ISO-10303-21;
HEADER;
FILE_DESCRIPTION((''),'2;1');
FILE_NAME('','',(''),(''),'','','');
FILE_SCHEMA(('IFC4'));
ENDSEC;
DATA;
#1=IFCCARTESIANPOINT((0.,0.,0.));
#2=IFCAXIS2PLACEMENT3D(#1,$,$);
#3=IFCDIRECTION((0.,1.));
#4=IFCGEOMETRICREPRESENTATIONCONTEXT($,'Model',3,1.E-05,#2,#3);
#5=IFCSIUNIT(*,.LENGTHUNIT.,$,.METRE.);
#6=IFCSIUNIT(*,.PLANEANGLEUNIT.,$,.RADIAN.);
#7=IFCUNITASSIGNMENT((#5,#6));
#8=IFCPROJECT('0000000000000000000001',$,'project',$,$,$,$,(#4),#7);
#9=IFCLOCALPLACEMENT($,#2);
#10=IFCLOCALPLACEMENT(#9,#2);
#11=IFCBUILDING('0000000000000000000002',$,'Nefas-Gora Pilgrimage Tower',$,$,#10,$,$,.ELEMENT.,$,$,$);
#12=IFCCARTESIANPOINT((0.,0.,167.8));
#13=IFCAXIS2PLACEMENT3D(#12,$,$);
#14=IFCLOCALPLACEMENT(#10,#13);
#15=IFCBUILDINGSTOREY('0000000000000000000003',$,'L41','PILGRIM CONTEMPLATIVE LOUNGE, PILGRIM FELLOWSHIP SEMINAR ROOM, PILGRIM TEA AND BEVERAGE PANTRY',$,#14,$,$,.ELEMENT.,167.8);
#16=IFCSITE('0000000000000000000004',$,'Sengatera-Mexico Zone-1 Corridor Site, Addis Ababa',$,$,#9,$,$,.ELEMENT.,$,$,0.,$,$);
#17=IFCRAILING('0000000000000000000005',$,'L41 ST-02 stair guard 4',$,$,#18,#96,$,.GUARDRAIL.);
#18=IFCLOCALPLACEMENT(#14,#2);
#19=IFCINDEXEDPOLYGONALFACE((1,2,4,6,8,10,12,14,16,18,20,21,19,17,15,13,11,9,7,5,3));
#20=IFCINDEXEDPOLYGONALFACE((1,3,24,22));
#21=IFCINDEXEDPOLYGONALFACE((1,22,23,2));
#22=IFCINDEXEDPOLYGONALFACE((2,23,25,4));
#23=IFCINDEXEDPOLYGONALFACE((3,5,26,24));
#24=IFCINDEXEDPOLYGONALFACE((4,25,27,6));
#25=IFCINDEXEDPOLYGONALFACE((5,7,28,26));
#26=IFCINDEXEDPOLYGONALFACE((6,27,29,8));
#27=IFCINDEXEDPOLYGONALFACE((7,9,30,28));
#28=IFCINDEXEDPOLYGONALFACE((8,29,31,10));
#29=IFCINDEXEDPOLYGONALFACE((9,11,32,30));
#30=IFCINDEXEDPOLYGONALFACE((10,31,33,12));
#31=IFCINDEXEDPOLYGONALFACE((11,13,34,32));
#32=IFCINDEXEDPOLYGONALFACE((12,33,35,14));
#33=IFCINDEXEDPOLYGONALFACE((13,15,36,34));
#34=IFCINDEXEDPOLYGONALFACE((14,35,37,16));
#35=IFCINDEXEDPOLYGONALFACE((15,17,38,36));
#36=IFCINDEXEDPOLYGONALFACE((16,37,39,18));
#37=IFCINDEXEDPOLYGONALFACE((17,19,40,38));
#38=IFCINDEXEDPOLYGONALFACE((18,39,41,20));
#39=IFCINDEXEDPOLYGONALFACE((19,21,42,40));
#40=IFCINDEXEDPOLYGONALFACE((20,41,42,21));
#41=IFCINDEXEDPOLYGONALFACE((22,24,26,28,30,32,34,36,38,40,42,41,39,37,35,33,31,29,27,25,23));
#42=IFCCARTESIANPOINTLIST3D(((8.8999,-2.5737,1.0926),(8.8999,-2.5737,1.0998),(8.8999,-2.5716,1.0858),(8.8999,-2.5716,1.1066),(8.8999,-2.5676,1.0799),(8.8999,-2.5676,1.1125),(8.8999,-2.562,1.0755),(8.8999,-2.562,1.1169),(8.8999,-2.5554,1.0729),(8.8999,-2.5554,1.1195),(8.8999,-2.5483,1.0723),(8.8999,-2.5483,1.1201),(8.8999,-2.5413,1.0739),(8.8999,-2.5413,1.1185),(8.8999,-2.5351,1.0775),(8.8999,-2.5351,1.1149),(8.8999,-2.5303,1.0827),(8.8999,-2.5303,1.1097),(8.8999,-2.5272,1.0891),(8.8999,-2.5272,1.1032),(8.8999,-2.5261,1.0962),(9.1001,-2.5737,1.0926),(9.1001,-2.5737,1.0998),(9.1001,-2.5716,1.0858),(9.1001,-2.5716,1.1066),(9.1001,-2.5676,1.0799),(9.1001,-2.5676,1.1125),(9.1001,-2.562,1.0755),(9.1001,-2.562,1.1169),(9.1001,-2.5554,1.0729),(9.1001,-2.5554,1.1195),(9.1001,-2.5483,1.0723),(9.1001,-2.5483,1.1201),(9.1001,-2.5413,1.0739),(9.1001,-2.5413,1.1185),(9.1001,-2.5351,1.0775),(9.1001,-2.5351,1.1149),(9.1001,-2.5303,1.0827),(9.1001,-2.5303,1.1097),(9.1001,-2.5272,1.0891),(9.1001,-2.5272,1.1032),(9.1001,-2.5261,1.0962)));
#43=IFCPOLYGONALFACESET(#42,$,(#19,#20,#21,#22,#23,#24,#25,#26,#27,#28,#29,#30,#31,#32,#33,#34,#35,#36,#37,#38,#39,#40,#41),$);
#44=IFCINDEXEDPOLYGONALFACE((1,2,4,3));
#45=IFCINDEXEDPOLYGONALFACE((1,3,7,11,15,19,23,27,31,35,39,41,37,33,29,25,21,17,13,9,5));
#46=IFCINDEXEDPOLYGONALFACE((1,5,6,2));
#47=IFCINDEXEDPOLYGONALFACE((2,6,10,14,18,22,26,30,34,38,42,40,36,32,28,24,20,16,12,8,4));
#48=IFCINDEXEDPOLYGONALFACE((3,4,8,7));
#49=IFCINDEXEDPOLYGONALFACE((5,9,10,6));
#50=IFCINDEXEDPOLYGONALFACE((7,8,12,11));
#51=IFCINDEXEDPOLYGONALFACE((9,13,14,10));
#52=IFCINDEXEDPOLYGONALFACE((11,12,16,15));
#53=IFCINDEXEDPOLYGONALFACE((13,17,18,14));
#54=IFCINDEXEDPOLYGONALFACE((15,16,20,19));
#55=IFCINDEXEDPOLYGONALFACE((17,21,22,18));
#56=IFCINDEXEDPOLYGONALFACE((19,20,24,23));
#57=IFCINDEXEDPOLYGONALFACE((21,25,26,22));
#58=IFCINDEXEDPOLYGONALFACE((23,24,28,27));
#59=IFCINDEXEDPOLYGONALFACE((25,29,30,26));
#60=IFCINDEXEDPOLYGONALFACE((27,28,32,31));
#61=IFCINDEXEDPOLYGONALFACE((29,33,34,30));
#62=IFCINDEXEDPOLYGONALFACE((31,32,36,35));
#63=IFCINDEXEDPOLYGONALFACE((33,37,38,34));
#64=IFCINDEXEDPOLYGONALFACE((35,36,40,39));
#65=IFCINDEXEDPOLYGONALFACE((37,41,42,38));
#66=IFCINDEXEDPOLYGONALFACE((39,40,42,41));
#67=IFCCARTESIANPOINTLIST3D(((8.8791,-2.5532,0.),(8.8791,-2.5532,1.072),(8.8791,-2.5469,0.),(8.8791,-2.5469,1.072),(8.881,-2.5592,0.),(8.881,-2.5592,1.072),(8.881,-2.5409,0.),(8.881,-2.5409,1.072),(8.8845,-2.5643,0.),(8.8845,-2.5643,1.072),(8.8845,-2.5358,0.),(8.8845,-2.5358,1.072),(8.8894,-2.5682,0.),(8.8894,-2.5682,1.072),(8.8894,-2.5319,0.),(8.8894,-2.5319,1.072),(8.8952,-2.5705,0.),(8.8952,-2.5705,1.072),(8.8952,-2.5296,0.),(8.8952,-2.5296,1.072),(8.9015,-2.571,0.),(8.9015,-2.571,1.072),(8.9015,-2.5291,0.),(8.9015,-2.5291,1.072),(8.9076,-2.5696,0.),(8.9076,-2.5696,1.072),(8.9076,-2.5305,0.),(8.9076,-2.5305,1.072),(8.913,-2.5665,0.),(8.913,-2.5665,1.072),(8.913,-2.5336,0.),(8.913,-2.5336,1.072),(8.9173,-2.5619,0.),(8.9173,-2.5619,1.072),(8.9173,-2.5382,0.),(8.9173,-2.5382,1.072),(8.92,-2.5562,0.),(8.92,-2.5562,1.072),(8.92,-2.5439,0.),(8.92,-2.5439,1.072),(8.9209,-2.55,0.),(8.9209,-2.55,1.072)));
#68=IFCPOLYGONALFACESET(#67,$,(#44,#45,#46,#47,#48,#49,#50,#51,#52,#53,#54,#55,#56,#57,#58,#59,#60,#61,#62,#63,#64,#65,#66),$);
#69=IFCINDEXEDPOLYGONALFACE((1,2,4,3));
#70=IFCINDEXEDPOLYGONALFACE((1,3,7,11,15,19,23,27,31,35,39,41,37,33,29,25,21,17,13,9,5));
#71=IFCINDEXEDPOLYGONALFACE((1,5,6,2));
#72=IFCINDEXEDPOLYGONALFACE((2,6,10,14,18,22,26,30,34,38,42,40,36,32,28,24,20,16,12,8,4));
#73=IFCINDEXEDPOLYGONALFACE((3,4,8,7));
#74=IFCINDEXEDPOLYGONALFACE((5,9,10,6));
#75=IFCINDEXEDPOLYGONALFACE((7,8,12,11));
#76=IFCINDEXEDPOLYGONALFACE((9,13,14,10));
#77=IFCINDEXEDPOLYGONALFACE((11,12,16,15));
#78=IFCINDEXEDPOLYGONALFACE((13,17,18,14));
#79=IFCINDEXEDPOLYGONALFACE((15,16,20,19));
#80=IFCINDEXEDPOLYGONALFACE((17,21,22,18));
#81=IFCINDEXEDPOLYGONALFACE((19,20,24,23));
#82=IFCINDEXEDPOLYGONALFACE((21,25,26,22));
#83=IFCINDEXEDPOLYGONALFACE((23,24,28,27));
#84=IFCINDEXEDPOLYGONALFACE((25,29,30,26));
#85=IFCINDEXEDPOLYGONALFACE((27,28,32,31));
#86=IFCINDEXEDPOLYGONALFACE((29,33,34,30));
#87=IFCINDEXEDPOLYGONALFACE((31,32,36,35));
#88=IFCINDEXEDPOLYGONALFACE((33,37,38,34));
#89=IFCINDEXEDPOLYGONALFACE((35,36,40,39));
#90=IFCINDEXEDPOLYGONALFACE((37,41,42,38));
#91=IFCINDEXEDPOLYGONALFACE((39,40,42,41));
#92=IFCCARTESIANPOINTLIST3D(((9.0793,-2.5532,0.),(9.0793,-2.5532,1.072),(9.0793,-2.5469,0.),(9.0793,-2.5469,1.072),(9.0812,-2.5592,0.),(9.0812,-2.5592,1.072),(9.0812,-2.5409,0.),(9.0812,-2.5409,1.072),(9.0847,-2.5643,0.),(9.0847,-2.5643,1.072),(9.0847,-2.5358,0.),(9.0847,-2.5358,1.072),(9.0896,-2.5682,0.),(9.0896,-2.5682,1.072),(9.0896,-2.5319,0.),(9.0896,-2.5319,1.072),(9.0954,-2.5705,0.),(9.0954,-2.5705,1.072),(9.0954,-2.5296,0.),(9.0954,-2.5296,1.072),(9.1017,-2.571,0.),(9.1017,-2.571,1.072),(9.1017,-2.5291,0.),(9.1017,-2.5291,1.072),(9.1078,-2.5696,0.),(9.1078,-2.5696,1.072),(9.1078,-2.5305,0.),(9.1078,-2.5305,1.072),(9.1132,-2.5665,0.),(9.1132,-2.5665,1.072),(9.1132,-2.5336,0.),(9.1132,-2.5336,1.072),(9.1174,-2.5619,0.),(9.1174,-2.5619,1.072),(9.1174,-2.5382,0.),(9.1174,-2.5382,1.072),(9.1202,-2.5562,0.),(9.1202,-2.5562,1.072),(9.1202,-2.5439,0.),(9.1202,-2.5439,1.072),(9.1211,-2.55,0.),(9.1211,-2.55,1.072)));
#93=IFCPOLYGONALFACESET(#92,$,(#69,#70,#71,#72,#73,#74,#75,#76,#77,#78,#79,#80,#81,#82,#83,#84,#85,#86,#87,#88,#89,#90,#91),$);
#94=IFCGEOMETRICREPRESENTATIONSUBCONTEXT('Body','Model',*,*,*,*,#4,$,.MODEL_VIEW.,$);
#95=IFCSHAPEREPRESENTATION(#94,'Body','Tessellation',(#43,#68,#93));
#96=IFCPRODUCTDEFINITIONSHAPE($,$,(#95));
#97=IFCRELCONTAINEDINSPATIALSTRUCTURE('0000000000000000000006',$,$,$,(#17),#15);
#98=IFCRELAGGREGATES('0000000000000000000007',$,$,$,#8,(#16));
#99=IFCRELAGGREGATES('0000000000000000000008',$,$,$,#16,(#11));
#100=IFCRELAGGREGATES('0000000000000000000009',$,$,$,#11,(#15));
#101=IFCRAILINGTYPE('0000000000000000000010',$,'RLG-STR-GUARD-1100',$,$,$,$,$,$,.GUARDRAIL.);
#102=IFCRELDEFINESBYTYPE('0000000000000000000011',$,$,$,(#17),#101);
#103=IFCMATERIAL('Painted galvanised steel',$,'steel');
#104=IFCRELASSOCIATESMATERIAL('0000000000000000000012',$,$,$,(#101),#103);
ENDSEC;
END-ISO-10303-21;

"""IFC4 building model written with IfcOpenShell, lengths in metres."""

from ifc_helpers import new_model, si_unit, direction, frame, origin, origin_2d, place, context, subcontext, project, spatial, circle, extrude, material, type_object, element, save


model = new_model("IFC4")

# Units and contexts
model_context = context("Model", 3, precision=1e-05, world=origin(), true_north=direction((0.0, 1.0)))
body_context = subcontext(model_context, "Body", "Model", "MODEL_VIEW")
ifc_project = project(units=[si_unit("LENGTHUNIT", "METRE"), si_unit("PLANEANGLEUNIT", "RADIAN")], contexts=[model_context])

# Site, building, storey
site_placement = place(None, origin())
site = spatial("IfcSite", under=ifc_project, at=site_placement, Name="Sengatera-Mexico Zone-1 Corridor Site, Addis Ababa", CompositionType="ELEMENT", RefElevation=0.0)
building_placement = place(site_placement, origin())
building = spatial("IfcBuilding", under=site, at=building_placement, Name="Nefas-Gora Pilgrimage Tower", CompositionType="ELEMENT")
storey_placement = place(building_placement, frame((0.0, 0.0, 167.8)))
storey = spatial("IfcBuildingStorey", under=building, at=storey_placement, Name="L41", Description="PILGRIM CONTEMPLATIVE LOUNGE, PILGRIM FELLOWSHIP SEMINAR ROOM, PILGRIM TEA AND BEVERAGE PANTRY", CompositionType="ELEMENT", Elevation=167.8)

# Railing
ifc_material_1 = material(Name="Painted galvanised steel", Category="steel")
railing_type_1 = type_object("IfcRailingType", Name="RLG-STR-GUARD-1100", PredefinedType="GUARDRAIL", material=ifc_material_1)
railing_1_placement = place(storey_placement, frame((8.8999, -2.55, 0.0)))
element("IfcRailing", 1, at=railing_1_placement, inside=storey, type_object=railing_type_1, Name="L41 ST-02 stair guard 4", PredefinedType="GUARDRAIL", context=body_context, shape_type="SweptSolid", body=[
    extrude(circle(Radius=0.0239, at=origin_2d()), frame((0.0, 0.0, 1.0962), z_axis=(1.0, 0.0, 0.0), x_axis=(0.0, 1.0, 0.0)), (0.0, 0.0, 1.0), 0.2002),
    extrude(circle(Radius=0.021, at=origin_2d()), origin(), (0.0, 0.0, 1.0), 1.072),
    extrude(circle(Radius=0.021, at=origin_2d()), frame((0.2002, 0.0, 0.0)), (0.0, 0.0, 1.0), 1.072),
])

save(model, "model.ifc")
